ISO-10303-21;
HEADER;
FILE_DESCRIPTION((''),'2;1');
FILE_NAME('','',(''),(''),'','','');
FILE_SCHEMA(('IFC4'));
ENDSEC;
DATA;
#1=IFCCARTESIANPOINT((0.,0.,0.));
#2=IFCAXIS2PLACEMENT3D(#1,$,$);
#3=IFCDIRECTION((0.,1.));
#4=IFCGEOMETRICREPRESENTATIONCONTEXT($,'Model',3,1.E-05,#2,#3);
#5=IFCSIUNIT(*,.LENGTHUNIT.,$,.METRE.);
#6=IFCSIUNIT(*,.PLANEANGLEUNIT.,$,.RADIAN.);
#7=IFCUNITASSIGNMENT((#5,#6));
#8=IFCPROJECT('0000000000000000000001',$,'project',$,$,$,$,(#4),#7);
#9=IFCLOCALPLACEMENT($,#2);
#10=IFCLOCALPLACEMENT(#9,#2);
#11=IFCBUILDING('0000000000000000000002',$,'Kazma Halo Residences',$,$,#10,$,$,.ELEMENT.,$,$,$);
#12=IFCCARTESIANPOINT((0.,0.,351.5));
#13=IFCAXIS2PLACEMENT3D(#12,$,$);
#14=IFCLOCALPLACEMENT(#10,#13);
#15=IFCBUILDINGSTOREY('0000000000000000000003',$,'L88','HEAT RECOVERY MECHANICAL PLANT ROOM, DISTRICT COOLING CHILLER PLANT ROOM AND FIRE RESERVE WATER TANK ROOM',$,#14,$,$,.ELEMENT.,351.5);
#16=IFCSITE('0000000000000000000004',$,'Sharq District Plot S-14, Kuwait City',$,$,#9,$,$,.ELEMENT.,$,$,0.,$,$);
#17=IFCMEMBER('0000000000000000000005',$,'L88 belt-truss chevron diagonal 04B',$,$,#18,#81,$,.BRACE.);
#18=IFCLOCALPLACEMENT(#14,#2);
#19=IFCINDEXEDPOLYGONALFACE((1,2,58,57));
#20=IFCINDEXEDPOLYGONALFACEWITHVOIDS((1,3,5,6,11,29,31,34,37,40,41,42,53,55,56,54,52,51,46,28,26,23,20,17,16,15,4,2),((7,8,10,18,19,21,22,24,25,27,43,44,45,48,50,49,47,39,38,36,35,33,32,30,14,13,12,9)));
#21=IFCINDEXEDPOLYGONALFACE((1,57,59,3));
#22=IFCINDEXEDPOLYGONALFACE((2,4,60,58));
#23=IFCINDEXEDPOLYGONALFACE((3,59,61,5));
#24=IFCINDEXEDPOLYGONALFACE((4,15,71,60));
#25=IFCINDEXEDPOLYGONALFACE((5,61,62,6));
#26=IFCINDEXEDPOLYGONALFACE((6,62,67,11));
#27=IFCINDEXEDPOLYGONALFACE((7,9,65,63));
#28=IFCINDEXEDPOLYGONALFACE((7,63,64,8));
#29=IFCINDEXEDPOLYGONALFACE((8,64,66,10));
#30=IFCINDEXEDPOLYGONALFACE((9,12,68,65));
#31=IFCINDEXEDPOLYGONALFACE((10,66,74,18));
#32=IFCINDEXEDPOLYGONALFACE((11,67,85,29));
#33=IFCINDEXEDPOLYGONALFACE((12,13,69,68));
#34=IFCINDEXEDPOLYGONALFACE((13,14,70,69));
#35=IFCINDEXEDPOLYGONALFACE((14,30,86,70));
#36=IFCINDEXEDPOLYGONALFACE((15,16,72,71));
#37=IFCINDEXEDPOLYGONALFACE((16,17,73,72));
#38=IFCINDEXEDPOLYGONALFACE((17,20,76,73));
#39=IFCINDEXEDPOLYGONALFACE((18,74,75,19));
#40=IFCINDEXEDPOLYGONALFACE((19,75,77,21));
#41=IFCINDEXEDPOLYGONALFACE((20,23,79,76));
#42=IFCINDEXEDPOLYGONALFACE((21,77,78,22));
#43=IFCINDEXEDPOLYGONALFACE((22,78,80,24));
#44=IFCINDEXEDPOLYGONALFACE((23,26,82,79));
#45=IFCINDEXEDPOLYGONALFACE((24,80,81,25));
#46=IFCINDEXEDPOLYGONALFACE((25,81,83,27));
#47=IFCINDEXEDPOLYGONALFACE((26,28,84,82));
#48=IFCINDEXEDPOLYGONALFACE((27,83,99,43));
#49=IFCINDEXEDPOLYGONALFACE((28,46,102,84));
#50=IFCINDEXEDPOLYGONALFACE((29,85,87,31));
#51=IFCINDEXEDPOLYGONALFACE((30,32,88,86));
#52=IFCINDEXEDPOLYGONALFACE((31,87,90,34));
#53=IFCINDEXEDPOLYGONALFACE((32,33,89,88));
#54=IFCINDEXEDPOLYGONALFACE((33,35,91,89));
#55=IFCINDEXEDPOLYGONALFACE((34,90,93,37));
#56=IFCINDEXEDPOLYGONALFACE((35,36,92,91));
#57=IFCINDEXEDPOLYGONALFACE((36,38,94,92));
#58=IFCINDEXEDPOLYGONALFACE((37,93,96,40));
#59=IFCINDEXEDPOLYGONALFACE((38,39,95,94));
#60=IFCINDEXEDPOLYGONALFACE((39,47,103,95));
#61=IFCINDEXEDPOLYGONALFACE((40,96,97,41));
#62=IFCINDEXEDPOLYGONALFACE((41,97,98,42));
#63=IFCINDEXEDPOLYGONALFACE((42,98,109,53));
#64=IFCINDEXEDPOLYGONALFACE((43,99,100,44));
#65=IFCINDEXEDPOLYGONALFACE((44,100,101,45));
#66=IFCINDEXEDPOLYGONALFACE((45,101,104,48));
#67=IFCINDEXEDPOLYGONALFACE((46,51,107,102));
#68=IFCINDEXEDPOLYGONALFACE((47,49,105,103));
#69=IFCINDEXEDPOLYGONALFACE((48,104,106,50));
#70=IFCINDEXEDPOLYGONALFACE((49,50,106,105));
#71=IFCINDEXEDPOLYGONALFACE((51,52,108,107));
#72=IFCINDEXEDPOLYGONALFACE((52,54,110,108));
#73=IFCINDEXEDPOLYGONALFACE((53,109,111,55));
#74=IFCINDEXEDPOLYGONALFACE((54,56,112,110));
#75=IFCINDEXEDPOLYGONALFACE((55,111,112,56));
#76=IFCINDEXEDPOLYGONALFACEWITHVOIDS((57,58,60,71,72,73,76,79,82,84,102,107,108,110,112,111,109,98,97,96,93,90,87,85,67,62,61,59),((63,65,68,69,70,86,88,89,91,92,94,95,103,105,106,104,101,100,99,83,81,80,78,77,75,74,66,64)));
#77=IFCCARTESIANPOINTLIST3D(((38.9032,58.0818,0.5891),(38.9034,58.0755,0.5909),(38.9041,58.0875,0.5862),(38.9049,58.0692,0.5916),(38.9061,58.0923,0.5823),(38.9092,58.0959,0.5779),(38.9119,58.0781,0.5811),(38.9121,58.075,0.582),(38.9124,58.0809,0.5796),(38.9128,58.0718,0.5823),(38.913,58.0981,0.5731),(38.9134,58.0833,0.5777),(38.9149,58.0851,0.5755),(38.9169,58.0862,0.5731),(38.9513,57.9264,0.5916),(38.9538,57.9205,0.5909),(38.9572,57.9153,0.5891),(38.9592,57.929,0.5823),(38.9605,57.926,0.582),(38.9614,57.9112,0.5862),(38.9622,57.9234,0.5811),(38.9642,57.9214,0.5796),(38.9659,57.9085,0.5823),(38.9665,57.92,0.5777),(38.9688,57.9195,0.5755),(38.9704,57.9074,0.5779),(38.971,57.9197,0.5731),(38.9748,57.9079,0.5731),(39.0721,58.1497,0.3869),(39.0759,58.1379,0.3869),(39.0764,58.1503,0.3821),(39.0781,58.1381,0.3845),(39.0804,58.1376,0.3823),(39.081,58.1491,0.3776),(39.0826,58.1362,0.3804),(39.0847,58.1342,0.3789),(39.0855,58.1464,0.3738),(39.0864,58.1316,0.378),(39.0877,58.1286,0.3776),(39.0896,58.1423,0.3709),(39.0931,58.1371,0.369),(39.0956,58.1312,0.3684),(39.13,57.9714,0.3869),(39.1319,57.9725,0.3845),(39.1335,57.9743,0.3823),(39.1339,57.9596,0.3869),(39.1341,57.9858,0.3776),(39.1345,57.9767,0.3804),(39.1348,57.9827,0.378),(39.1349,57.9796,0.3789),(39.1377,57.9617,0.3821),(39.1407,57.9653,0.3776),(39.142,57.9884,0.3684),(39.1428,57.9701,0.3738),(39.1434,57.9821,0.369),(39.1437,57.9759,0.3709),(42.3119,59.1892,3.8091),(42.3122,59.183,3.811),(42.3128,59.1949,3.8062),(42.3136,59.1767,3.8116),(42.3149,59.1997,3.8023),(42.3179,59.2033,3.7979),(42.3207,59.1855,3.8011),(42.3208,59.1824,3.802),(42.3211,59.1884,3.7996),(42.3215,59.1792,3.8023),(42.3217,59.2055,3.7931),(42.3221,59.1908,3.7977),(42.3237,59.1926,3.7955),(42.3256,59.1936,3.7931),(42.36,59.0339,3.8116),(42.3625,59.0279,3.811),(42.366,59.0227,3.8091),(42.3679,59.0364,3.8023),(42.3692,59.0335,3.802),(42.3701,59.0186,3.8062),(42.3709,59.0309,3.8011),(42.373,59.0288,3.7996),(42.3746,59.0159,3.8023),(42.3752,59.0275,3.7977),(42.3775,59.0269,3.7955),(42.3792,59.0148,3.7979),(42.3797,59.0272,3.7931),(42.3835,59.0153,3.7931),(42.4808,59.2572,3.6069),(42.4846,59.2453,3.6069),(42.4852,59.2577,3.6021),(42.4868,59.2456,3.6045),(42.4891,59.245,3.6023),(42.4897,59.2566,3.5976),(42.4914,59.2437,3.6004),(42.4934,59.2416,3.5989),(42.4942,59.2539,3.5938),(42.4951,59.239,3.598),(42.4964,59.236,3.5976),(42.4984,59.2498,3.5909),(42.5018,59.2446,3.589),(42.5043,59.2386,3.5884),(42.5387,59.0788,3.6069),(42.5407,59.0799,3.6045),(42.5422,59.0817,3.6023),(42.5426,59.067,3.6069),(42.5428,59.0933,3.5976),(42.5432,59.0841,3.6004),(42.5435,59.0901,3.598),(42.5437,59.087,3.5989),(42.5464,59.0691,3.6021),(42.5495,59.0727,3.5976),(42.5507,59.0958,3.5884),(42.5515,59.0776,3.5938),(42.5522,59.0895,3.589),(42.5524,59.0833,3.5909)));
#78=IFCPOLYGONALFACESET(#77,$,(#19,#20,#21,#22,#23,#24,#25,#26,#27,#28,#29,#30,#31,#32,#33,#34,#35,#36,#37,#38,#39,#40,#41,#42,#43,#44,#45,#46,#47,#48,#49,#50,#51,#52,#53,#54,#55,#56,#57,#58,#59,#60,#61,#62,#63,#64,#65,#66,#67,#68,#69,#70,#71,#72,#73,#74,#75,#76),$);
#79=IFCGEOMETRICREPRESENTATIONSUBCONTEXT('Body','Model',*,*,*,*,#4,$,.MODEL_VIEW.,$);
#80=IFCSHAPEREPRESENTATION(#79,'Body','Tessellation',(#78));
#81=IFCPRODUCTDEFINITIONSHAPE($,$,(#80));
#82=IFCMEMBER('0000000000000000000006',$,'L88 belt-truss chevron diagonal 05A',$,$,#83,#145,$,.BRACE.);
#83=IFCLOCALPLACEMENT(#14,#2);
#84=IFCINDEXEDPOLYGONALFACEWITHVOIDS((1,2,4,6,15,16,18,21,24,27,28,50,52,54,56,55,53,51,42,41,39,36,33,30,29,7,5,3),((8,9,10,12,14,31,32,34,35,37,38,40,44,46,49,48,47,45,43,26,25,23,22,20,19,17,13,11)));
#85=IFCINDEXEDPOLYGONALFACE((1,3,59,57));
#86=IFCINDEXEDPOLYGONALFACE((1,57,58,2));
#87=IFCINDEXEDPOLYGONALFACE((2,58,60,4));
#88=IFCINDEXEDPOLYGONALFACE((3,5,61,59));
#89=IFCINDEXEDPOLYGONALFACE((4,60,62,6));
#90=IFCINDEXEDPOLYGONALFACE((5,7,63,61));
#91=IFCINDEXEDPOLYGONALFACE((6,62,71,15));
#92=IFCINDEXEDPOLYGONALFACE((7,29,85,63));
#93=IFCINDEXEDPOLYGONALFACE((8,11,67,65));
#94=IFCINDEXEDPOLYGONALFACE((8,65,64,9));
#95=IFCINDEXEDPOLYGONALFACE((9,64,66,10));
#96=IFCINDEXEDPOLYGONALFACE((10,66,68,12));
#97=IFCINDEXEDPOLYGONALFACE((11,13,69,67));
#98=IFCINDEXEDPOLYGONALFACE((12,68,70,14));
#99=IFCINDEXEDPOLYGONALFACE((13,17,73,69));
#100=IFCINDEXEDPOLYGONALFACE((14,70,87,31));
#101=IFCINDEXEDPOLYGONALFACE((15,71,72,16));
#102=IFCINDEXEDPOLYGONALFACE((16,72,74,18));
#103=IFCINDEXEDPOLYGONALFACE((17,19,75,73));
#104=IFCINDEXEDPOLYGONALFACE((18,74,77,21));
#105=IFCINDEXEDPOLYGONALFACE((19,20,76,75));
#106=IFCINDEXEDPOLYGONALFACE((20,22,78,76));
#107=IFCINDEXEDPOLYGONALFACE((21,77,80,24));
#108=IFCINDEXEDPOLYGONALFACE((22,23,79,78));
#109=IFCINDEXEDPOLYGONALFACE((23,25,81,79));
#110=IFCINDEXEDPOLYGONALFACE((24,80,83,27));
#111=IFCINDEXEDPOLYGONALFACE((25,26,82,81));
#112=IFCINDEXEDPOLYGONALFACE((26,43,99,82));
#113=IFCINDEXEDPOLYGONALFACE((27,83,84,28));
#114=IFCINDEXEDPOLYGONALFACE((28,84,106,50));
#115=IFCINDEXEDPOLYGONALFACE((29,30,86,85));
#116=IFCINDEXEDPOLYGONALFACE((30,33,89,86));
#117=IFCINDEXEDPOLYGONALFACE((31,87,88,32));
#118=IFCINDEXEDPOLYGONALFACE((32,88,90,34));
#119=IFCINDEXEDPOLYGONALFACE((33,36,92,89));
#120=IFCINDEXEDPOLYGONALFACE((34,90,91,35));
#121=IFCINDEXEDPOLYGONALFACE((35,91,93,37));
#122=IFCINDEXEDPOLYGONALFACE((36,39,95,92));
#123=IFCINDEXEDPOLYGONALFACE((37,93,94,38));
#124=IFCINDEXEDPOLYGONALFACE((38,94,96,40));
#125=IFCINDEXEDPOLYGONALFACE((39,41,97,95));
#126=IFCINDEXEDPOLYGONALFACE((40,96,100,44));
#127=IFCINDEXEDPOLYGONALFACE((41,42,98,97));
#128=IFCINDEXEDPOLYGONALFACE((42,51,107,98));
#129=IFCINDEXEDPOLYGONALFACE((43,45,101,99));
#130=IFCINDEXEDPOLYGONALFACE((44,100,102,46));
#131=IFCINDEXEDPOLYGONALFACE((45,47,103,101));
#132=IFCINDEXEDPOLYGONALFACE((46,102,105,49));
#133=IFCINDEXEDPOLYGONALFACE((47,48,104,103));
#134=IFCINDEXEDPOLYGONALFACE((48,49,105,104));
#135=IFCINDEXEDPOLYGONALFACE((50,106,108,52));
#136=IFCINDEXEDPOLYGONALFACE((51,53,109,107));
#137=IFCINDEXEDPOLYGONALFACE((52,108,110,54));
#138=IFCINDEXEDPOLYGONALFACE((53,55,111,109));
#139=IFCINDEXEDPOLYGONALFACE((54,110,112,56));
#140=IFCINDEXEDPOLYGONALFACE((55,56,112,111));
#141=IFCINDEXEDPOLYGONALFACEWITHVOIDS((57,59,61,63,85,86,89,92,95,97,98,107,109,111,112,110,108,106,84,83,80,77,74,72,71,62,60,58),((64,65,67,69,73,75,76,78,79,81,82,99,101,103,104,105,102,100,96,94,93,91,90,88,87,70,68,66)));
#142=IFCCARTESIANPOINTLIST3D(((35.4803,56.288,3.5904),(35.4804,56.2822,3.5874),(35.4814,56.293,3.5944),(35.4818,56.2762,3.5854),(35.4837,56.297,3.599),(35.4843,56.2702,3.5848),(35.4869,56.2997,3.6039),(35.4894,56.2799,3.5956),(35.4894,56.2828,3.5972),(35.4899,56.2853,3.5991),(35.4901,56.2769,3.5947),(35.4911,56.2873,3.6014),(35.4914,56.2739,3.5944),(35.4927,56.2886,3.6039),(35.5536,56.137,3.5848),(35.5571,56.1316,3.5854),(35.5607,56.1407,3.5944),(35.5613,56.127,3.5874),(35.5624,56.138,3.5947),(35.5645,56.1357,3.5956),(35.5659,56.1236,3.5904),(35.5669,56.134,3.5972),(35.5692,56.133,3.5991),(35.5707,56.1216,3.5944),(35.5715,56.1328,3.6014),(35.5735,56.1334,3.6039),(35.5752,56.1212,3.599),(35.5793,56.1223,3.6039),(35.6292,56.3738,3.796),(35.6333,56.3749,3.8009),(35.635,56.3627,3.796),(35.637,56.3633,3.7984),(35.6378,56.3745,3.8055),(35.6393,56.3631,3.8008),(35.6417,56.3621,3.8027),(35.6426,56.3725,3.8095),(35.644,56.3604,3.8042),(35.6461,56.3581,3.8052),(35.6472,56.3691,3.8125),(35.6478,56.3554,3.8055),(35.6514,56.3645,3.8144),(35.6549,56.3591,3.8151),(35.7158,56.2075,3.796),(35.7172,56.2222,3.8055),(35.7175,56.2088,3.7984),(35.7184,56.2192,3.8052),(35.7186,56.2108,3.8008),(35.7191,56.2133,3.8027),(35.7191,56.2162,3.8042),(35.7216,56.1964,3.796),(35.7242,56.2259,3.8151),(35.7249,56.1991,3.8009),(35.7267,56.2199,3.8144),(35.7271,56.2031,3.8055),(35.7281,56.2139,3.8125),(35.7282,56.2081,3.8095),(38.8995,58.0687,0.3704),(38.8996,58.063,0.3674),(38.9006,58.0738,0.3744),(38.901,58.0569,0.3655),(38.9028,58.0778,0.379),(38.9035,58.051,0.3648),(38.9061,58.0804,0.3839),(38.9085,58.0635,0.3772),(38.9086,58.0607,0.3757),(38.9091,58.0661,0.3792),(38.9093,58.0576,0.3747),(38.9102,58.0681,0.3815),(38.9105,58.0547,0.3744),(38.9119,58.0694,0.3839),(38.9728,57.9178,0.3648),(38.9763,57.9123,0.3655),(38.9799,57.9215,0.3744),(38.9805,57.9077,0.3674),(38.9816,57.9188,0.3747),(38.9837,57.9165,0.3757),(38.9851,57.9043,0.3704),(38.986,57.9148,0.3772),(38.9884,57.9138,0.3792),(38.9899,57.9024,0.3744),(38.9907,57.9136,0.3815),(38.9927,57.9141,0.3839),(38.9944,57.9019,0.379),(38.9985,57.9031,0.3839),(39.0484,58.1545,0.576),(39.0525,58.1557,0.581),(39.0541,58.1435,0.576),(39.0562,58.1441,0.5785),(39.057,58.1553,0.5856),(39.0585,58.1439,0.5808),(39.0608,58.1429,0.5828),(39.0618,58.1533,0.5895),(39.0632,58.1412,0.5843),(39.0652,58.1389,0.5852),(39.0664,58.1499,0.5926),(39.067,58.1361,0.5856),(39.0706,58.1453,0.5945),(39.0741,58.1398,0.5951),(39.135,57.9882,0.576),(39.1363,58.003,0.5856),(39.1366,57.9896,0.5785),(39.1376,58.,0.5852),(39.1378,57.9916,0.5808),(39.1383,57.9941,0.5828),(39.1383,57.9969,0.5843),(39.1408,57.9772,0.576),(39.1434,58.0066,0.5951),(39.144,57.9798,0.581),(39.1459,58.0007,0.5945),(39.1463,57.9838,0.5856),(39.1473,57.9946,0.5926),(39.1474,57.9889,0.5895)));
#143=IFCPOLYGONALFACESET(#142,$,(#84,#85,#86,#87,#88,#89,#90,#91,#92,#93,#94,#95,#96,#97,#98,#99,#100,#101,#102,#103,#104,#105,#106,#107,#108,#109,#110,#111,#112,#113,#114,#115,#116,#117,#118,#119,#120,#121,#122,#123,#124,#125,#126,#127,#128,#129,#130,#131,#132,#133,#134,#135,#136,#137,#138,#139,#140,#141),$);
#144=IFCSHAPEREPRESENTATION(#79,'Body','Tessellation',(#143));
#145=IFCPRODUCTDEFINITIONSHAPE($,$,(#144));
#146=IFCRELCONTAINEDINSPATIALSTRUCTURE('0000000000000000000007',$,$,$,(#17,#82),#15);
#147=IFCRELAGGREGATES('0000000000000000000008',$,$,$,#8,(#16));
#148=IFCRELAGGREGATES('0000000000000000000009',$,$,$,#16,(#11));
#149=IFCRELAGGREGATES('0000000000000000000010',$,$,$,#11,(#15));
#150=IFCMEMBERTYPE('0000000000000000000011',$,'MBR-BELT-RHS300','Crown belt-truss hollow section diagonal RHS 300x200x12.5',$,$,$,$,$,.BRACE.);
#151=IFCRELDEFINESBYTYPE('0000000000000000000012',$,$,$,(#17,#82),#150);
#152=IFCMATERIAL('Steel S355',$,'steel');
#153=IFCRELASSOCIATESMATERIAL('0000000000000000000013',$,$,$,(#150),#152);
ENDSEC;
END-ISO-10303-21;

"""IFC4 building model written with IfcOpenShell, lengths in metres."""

from ifc_helpers import new_model, si_unit, direction, frame, origin, origin_2d, place, context, subcontext, project, spatial, hollow_rectangle, extrude, material, material_profile, profile_set, type_object, element, save


model = new_model("IFC4")

# Units and contexts
model_context = context("Model", 3, precision=1e-05, world=origin(), true_north=direction((0.0, 1.0)))
body_context = subcontext(model_context, "Body", "Model", "MODEL_VIEW")
ifc_project = project(units=[si_unit("LENGTHUNIT", "METRE"), si_unit("PLANEANGLEUNIT", "RADIAN")], contexts=[model_context])

# Site, building, storey
site_placement = place(None, origin())
site = spatial("IfcSite", under=ifc_project, at=site_placement, Name="Sharq District Plot S-14, Kuwait City", CompositionType="ELEMENT", RefElevation=0.0)
building_placement = place(site_placement, origin())
building = spatial("IfcBuilding", under=site, at=building_placement, Name="Kazma Halo Residences", CompositionType="ELEMENT")
storey_placement = place(building_placement, frame((0.0, 0.0, 351.5)))
storey = spatial("IfcBuildingStorey", under=building, at=storey_placement, Name="L88", Description="HEAT RECOVERY MECHANICAL PLANT ROOM, DISTRICT COOLING CHILLER PLANT ROOM AND FIRE RESERVE WATER TANK ROOM", CompositionType="ELEMENT", Elevation=351.5)

# Shared definitions
ifc_material_1 = material(Name="Steel S355", Category="steel")

# Members
ifc_material_profile_1 = material_profile(ifc_material_1, hollow_rectangle(XDim=0.2, YDim=0.3, WallThickness=0.0125, InnerFilletRadius=0.0125, OuterFilletRadius=0.0249, at=origin_2d()), Name="RHS300x200x12.5")
ifc_profile_set_1 = profile_set([ifc_material_profile_1], Name="Steel S355")
member_type_1 = type_object("IfcMemberType", Name="MBR-BELT-RHS300", Description="Crown belt-truss hollow section diagonal RHS 300x200x12.5", PredefinedType="BRACE", material=ifc_profile_set_1)
for number, where, z_axis, x_axis, name in (
    (1, (39.0234, 58.0288, 0.48), (0.707481, 0.229848, 0.668312), (-0.308984, 0.951067, 0.0), "L88 belt-truss chevron diagonal 04B"),
):
    element("IfcMember", number, at=place(storey_placement, frame(where, z_axis=z_axis, x_axis=x_axis)), inside=storey, type_object=member_type_1, Name=name, PredefinedType="BRACE", context=body_context, shape_type="SweptSolid", body=[
        extrude(hollow_rectangle(XDim=0.2, YDim=0.3, WallThickness=0.0125, InnerFilletRadius=0.0125, OuterFilletRadius=0.0249, at=origin_2d()), origin(), (0.0, 0.0, 1.0), 4.8181),
    ])
member_1_placement = place(storey_placement, frame((39.0234, 58.0288, 0.48), z_axis=(-0.680711, -0.354524, 0.64105), x_axis=(0.461921, -0.886921, 0.0)))
element("IfcMember", 2, at=member_1_placement, inside=storey, type_object=member_type_1, Name="L88 belt-truss chevron diagonal 05A", PredefinedType="BRACE", context=body_context, shape_type="SweptSolid", body=[
    extrude(hollow_rectangle(XDim=0.2, YDim=0.3, WallThickness=0.0125, InnerFilletRadius=0.0125, OuterFilletRadius=0.0249, at=origin_2d()), origin(), (0.0, 0.0, 1.0), 5.0229),
])

save(model, "model.ifc")
